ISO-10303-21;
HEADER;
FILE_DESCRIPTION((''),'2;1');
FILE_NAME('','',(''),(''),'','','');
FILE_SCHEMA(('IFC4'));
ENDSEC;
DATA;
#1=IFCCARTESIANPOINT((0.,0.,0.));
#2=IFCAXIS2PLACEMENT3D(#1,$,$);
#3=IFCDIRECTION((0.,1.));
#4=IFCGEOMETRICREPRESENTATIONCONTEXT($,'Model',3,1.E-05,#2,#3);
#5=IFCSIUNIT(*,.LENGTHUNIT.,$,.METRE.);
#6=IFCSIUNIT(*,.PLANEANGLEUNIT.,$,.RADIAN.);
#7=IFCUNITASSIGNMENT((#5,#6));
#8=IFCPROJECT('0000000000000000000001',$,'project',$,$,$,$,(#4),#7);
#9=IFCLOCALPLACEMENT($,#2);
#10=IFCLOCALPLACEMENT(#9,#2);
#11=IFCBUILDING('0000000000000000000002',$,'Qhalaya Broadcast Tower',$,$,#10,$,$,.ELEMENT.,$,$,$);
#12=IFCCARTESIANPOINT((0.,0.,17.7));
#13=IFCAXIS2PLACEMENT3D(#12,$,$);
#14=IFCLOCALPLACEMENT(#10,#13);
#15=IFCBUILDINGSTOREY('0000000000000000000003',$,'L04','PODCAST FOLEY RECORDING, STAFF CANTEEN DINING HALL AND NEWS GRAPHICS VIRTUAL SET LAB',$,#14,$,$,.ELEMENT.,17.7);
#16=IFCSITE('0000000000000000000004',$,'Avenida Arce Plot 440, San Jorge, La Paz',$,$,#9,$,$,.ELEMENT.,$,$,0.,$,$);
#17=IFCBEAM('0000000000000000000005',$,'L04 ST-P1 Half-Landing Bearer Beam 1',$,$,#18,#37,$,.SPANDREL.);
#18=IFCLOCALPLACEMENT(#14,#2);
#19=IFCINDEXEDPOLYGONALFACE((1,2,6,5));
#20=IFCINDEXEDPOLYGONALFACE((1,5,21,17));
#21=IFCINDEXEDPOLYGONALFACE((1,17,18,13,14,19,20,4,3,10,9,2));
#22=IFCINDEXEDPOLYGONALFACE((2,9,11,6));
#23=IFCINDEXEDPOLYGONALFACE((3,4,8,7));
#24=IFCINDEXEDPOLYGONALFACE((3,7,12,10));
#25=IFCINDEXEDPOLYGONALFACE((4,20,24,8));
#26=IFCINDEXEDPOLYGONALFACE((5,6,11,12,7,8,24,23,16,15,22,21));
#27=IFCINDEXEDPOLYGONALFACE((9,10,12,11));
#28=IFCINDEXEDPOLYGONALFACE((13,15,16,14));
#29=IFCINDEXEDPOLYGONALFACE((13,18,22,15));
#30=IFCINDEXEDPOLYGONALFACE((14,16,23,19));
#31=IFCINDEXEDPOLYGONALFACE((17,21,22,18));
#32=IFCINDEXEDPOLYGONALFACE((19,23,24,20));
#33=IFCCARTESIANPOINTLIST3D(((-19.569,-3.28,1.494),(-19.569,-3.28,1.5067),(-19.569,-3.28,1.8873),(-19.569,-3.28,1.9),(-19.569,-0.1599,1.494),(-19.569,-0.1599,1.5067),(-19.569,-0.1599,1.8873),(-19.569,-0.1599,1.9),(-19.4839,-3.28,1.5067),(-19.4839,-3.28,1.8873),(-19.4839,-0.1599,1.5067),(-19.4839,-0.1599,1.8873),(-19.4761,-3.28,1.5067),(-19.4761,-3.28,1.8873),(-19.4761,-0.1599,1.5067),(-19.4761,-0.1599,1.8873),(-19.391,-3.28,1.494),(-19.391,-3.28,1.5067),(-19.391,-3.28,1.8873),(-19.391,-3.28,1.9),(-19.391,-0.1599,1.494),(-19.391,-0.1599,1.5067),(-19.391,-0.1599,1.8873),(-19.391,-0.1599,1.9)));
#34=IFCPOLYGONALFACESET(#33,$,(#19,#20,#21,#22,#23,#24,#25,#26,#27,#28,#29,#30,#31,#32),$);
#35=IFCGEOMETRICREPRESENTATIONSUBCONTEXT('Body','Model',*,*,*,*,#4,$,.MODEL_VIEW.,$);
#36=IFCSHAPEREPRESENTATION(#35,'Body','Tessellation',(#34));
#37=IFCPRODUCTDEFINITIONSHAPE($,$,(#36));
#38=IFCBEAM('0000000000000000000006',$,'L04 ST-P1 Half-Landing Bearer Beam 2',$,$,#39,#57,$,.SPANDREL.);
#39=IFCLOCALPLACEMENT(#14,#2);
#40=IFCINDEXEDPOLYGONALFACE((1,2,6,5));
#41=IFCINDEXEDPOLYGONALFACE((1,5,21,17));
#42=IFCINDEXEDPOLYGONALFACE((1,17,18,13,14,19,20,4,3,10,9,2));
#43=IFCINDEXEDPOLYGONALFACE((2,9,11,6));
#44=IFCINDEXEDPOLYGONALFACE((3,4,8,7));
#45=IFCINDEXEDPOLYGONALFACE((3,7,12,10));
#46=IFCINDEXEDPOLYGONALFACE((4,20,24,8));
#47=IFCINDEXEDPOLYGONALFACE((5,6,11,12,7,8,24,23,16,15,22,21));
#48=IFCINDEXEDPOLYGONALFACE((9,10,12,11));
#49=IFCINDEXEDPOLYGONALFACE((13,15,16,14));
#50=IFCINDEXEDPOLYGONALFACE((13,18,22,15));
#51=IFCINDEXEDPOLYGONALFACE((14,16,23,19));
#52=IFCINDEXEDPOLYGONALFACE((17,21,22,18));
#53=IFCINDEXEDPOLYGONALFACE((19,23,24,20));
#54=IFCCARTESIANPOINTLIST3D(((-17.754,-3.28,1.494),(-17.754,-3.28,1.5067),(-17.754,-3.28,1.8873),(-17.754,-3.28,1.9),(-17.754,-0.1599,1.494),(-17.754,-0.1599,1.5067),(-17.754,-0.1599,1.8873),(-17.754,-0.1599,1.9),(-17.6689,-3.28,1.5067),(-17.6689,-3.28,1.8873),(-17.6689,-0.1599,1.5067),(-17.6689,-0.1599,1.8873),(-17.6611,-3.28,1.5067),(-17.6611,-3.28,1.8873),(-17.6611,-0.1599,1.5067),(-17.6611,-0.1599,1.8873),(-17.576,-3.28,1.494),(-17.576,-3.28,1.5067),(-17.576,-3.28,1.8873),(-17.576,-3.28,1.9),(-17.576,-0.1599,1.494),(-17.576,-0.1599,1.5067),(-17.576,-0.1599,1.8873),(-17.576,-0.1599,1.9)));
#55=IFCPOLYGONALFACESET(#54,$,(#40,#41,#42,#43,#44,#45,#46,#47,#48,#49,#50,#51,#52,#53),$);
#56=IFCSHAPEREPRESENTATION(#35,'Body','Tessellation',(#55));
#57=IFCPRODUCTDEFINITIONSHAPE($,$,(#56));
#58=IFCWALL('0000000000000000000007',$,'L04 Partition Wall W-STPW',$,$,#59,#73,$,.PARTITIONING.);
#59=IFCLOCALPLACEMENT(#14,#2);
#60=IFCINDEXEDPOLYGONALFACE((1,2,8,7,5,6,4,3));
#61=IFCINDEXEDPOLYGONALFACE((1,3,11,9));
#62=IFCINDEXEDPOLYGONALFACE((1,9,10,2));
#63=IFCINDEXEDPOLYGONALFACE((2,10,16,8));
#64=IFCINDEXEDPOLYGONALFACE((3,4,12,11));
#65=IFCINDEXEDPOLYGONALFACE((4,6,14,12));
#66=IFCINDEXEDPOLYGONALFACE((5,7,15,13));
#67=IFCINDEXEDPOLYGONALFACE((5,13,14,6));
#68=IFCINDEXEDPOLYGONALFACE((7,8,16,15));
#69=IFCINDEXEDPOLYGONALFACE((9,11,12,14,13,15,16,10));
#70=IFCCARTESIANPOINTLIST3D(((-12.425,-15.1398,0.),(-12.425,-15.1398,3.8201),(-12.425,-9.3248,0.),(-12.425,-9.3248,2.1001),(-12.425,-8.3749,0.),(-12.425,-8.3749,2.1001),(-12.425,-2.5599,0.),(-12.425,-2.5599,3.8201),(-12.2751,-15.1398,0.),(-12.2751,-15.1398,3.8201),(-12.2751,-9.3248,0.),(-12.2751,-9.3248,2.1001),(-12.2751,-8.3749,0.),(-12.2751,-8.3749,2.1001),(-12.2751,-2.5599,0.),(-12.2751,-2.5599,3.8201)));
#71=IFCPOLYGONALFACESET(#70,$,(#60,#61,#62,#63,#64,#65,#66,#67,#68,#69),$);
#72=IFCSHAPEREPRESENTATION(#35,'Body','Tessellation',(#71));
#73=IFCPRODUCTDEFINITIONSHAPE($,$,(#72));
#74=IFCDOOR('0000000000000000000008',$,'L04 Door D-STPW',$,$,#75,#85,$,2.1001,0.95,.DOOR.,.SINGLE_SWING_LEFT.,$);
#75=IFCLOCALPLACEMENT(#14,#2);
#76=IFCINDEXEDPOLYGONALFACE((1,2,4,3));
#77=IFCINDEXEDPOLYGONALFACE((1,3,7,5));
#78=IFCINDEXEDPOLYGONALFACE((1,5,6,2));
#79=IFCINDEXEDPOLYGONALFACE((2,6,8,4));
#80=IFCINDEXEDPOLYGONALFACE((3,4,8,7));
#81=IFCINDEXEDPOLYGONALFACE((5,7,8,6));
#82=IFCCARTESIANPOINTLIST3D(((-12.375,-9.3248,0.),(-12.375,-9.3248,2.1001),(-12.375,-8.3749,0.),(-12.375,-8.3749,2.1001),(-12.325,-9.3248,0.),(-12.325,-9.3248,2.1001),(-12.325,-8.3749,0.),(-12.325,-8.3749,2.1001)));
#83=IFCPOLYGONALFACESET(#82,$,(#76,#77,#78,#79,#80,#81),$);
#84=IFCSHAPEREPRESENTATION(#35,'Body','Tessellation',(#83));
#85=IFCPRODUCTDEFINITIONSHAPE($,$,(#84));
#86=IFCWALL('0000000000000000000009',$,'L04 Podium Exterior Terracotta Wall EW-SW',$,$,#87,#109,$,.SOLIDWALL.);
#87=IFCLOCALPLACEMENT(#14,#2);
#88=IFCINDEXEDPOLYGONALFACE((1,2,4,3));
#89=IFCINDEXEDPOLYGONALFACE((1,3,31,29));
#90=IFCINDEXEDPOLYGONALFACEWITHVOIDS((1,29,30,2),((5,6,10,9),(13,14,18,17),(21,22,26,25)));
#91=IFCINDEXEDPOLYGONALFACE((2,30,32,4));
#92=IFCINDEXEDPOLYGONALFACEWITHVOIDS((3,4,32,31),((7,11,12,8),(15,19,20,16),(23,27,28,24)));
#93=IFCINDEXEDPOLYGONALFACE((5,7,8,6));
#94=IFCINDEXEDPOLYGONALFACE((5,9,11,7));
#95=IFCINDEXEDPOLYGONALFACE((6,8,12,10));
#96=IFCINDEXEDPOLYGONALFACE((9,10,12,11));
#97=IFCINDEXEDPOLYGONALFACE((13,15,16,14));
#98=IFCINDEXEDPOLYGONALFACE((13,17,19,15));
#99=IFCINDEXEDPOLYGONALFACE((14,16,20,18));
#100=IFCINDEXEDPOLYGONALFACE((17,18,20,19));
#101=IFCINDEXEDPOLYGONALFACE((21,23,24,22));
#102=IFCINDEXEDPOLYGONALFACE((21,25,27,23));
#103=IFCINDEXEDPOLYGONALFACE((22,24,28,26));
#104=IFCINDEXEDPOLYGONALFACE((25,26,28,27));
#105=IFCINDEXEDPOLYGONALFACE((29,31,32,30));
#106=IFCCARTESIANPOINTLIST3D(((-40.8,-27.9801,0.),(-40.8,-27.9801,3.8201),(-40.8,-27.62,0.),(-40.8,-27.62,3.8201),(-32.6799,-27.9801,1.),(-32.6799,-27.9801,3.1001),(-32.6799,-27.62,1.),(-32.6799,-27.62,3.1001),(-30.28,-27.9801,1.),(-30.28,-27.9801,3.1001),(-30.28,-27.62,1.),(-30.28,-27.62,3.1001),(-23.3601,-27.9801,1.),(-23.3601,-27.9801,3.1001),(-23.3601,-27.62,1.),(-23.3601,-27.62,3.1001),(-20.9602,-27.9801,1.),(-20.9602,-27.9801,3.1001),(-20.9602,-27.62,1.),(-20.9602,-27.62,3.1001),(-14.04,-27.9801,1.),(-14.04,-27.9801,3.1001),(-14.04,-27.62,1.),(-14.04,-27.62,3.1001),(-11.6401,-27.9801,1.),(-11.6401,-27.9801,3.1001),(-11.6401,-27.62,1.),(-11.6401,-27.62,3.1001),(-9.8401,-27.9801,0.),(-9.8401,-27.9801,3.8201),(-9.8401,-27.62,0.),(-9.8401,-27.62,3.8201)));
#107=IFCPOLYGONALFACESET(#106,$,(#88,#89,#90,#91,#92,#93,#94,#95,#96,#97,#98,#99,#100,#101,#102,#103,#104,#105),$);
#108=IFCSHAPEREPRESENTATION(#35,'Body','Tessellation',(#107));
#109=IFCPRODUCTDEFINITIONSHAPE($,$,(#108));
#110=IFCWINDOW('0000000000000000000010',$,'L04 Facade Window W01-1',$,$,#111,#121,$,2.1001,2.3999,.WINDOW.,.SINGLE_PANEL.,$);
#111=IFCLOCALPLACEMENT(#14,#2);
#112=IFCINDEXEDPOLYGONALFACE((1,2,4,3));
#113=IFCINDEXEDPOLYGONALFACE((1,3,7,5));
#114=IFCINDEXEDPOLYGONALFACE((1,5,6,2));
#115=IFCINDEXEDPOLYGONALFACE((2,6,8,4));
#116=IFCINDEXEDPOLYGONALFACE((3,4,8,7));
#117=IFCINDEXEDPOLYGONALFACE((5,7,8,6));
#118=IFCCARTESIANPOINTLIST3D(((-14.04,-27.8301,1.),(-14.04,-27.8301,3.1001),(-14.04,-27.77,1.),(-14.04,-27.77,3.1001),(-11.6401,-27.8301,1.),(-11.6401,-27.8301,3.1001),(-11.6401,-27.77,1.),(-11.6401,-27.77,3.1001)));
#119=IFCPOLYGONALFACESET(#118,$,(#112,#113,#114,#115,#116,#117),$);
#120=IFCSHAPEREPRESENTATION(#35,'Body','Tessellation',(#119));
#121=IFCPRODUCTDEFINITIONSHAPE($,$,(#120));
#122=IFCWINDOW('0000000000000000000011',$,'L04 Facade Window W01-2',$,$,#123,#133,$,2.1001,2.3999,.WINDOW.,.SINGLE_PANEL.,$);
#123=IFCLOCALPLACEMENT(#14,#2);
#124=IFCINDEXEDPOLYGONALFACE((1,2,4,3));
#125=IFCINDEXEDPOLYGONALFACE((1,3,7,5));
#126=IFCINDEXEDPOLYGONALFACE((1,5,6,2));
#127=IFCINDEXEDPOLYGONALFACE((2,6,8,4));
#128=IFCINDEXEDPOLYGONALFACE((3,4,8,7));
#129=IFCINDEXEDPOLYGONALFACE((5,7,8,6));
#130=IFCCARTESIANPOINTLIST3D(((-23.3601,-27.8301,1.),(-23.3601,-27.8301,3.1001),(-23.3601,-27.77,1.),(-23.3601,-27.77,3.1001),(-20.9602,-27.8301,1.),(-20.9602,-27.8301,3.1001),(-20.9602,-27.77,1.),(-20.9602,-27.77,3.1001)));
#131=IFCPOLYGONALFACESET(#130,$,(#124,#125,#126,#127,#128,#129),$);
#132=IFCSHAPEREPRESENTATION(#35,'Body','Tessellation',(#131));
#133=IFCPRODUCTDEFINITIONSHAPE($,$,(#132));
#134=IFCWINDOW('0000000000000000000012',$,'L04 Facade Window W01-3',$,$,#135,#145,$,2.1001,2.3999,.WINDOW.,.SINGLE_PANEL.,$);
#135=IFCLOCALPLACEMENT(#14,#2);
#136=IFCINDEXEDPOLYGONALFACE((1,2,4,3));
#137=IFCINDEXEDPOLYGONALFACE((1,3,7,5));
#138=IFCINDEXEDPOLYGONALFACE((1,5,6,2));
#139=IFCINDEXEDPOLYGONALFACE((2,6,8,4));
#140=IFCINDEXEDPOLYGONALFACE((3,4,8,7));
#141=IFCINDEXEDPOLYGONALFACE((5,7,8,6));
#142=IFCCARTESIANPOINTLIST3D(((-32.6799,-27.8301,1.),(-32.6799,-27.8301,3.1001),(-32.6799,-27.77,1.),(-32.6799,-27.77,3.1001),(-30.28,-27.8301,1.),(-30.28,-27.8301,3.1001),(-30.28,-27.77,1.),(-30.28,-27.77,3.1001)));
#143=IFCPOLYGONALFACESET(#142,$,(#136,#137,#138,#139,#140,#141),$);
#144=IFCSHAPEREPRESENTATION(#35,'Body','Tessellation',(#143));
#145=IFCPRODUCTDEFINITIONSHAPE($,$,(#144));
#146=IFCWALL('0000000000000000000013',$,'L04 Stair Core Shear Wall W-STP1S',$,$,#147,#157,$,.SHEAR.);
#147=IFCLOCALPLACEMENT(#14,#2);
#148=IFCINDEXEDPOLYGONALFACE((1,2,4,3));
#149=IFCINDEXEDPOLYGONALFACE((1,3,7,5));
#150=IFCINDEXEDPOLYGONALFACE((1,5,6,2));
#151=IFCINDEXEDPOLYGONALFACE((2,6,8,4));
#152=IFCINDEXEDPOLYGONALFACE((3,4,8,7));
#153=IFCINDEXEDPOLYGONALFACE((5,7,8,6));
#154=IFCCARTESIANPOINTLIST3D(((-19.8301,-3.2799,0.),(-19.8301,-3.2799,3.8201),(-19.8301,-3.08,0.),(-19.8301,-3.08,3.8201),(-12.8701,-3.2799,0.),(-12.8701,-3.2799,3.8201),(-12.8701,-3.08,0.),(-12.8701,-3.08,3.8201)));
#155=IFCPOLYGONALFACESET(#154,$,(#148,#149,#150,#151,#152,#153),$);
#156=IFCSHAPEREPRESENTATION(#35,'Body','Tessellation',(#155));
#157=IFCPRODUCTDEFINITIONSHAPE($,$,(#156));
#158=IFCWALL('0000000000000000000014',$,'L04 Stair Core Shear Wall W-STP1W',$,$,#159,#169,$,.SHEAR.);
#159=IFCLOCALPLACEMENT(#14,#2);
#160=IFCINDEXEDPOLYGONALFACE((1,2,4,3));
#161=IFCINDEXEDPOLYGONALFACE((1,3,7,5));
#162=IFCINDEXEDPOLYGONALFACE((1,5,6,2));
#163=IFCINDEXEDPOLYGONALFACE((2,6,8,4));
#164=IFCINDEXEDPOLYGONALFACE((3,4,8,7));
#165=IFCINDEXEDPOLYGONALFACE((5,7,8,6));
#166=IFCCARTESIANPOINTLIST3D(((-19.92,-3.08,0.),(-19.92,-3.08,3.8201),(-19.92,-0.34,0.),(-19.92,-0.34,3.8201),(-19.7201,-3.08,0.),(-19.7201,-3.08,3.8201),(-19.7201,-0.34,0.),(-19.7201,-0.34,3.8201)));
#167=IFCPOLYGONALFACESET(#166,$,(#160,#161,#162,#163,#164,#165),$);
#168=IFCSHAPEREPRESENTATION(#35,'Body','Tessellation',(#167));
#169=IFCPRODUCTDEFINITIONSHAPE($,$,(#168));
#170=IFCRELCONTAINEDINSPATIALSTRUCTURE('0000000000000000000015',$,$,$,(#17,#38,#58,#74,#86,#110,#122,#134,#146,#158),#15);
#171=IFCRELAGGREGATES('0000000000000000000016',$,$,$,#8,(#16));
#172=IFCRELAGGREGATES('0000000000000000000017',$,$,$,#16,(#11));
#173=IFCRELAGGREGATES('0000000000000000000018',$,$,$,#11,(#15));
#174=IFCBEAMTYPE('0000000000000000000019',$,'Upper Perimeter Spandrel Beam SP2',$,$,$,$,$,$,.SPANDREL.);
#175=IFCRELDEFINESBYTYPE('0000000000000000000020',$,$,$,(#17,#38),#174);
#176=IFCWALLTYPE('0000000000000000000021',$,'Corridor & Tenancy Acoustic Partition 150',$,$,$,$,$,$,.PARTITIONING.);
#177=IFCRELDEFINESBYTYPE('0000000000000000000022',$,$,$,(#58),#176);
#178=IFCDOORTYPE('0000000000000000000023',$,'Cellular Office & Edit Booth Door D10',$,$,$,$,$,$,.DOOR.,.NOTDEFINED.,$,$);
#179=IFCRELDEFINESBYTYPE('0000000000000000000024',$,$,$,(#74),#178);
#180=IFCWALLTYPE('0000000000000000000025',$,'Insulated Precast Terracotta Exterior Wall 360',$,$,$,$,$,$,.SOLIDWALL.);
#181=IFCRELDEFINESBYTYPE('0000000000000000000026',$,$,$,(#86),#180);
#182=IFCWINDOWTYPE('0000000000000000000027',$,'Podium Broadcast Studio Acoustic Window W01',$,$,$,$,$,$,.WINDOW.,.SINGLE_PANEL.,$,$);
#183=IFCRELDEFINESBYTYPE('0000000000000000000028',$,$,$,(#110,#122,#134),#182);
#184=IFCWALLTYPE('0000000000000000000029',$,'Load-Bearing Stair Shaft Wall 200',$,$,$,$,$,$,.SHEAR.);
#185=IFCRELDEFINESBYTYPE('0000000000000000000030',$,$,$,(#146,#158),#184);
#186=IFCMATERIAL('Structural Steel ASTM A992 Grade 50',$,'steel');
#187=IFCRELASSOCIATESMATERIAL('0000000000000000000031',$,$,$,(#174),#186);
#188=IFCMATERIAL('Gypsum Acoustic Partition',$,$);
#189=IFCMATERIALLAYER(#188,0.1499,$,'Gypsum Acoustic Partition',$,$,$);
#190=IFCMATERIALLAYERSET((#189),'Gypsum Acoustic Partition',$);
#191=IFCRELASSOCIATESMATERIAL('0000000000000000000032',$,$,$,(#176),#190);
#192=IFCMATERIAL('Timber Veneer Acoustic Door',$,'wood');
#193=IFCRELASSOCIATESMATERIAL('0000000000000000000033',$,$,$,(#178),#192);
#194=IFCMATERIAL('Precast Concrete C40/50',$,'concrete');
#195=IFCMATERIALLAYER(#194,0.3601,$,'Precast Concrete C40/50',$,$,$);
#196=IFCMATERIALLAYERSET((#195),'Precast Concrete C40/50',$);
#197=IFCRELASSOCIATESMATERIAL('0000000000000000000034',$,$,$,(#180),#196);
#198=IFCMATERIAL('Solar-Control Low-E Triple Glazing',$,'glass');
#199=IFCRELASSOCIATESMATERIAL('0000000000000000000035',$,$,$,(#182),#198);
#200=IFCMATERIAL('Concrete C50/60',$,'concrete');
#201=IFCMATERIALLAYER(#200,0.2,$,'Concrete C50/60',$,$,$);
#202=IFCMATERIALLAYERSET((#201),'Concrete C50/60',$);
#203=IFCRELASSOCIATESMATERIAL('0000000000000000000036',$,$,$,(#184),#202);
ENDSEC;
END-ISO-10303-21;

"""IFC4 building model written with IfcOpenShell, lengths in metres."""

from ifc_helpers import new_model, si_unit, direction, frame, frame_2d, origin, origin_2d, place, context, subcontext, project, spatial, rectangle, i_section, extrude, material, layer, layer_set, material_profile, profile_set, type_object, element, fill, save


model = new_model("IFC4")

# Units and contexts
model_context = context("Model", 3, precision=1e-05, world=origin(), true_north=direction((0.0, 1.0)))
body_context = subcontext(model_context, "Body", "Model", "MODEL_VIEW")
ifc_project = project(units=[si_unit("LENGTHUNIT", "METRE"), si_unit("PLANEANGLEUNIT", "RADIAN")], contexts=[model_context])

# Site, building, storey
site_placement = place(None, origin())
site = spatial("IfcSite", under=ifc_project, at=site_placement, Name="Avenida Arce Plot 440, San Jorge, La Paz", CompositionType="ELEMENT", RefElevation=0.0)
building_placement = place(site_placement, origin())
building = spatial("IfcBuilding", under=site, at=building_placement, Name="Qhalaya Broadcast Tower", CompositionType="ELEMENT")
storey_placement = place(building_placement, frame((0.0, 0.0, 17.7)))
storey = spatial("IfcBuildingStorey", under=building, at=storey_placement, Name="L04", Description="PODCAST FOLEY RECORDING, STAFF CANTEEN DINING HALL AND NEWS GRAPHICS VIRTUAL SET LAB", CompositionType="ELEMENT", Elevation=17.7)

# Beams
ifc_material_1 = material(Name="Structural Steel ASTM A992 Grade 50", Category="steel")
ifc_material_profile_1 = material_profile(ifc_material_1, i_section(OverallWidth=0.178, OverallDepth=0.406, WebThickness=0.0078, FlangeThickness=0.0127, at=origin_2d()), Name="W16X40")
ifc_profile_set_1 = profile_set([ifc_material_profile_1], Name="Structural Steel ASTM A992 Grade 50")
beam_type_1 = type_object("IfcBeamType", Name="Upper Perimeter Spandrel Beam SP2", PredefinedType="SPANDREL", material=ifc_profile_set_1)
for number, where, z_axis, x_axis, name in (
    (1, (-19.48, -3.28, 1.697), (0.0, 1.0, 0.0), (-1.0, 0.0, 0.0), "L04 ST-P1 Half-Landing Bearer Beam 1"),
    (2, (-17.665, -3.28, 1.697), (0.0, 1.0, 0.0), (-1.0, 0.0, 0.0), "L04 ST-P1 Half-Landing Bearer Beam 2"),
):
    element("IfcBeam", number, at=place(storey_placement, frame(where, z_axis=z_axis, x_axis=x_axis)), inside=storey, type_object=beam_type_1, Name=name, PredefinedType="SPANDREL", context=body_context, shape_type="SweptSolid", body=[
        extrude(i_section(OverallWidth=0.178, OverallDepth=0.406, WebThickness=0.0078, FlangeThickness=0.0127, at=origin_2d()), origin(), (0.0, 0.0, 1.0), 3.1201),
    ])

# Wall, opening, door
ifc_material_2 = material(Name="Gypsum Acoustic Partition")
ifc_layer_1 = layer(ifc_material_2, 0.1499, Name="Gypsum Acoustic Partition")
ifc_layer_set_1 = layer_set([ifc_layer_1], Name="Gypsum Acoustic Partition")
wall_type_1 = type_object("IfcWallType", Name="Corridor & Tenancy Acoustic Partition 150", PredefinedType="PARTITIONING", material=ifc_layer_set_1)
wall_1_placement = place(storey_placement, frame((-12.3501, -15.1399, 0.0), z_axis=(0.0, 0.0, 1.0), x_axis=(0.0, 1.0, 0.0)))
wall_1 = element("IfcWall", 3, at=wall_1_placement, inside=storey, type_object=wall_type_1, Name="L04 Partition Wall W-STPW", PredefinedType="PARTITIONING", context=body_context, shape_type="SweptSolid", body=[
    extrude(rectangle(XDim=12.5798, YDim=0.1499, at=frame_2d((6.29, 0.0))), origin(), (0.0, 0.0, 1.0), 3.8201),
])
opening_1_placement = place(wall_1_placement, frame((5.8149, 0.0, 0.0)))
opening_1 = element("IfcOpeningElement", 4, at=opening_1_placement, cuts=wall_1, PredefinedType="OPENING", context=body_context, shape_type="SweptSolid", body=[
    extrude(rectangle(XDim=0.95, YDim=2.1001, at=frame_2d((0.4751, 1.05))), frame((0.0, 0.0869, 0.0), z_axis=(0.0, -1.0, 0.0), x_axis=(1.0, 0.0, 0.0)), (0.0, 0.0, 1.0), 0.1738),
])
ifc_material_3 = material(Name="Timber Veneer Acoustic Door", Category="wood")
door_type = type_object("IfcDoorType", Name="Cellular Office & Edit Booth Door D10", OperationType="NOTDEFINED", PredefinedType="DOOR", material=ifc_material_3)
door_placement = place(opening_1_placement, origin())
door = element("IfcDoor", 5, at=door_placement, inside=storey, type_object=door_type, Name="L04 Door D-STPW", OperationType="SINGLE_SWING_LEFT", OverallHeight=2.1001, OverallWidth=0.95, PredefinedType="DOOR", context=body_context, shape_type="SweptSolid", body=[
    extrude(rectangle(XDim=0.95, YDim=2.1001, at=frame_2d((0.4751, 1.05))), frame((0.0, 0.0249, 0.0), z_axis=(0.0, -1.0, 0.0), x_axis=(1.0, 0.0, 0.0)), (0.0, 0.0, 1.0), 0.05),
])
fill(opening_1, door)

# Wall, openings, windows
ifc_material_4 = material(Name="Precast Concrete C40/50", Category="concrete")
ifc_layer_2 = layer(ifc_material_4, 0.3601, Name="Precast Concrete C40/50")
ifc_layer_set_2 = layer_set([ifc_layer_2], Name="Precast Concrete C40/50")
wall_type_2 = type_object("IfcWallType", Name="Insulated Precast Terracotta Exterior Wall 360", PredefinedType="SOLIDWALL", material=ifc_layer_set_2)
wall_2_placement = place(storey_placement, frame((-9.8401, -27.8, 0.0), z_axis=(0.0, 0.0, 1.0), x_axis=(-1.0, 0.0, 0.0)))
wall_2 = element("IfcWall", 6, at=wall_2_placement, inside=storey, type_object=wall_type_2, Name="L04 Podium Exterior Terracotta Wall EW-SW", PredefinedType="SOLIDWALL", context=body_context, shape_type="SweptSolid", body=[
    extrude(rectangle(XDim=30.96, YDim=0.3601, at=frame_2d((15.48, 0.0))), origin(), (0.0, 0.0, 1.0), 3.8201),
])
opening_2_placement = place(wall_2_placement, frame((1.8, 0.0, 1.0)))
opening_2 = element("IfcOpeningElement", 7, at=opening_2_placement, cuts=wall_2, PredefinedType="OPENING", context=body_context, shape_type="SweptSolid", body=[
    extrude(rectangle(XDim=2.3999, YDim=2.1001, at=frame_2d((1.2, 1.05))), frame((0.0, 0.1921, 0.0), z_axis=(0.0, -1.0, 0.0), x_axis=(1.0, 0.0, 0.0)), (0.0, 0.0, 1.0), 0.384),
])
opening_3_placement = place(wall_2_placement, frame((11.1201, 0.0, 1.0)))
opening_3 = element("IfcOpeningElement", 8, at=opening_3_placement, cuts=wall_2, PredefinedType="OPENING", context=body_context, shape_type="SweptSolid", body=[
    extrude(rectangle(XDim=2.3999, YDim=2.1001, at=frame_2d((1.2, 1.05))), frame((0.0, 0.1921, 0.0), z_axis=(0.0, -1.0, 0.0), x_axis=(1.0, 0.0, 0.0)), (0.0, 0.0, 1.0), 0.384),
])
opening_4_placement = place(wall_2_placement, frame((20.4399, 0.0, 1.0)))
opening_4 = element("IfcOpeningElement", 9, at=opening_4_placement, cuts=wall_2, PredefinedType="OPENING", context=body_context, shape_type="SweptSolid", body=[
    extrude(rectangle(XDim=2.3999, YDim=2.1001, at=frame_2d((1.2, 1.05))), frame((0.0, 0.1921, 0.0), z_axis=(0.0, -1.0, 0.0), x_axis=(1.0, 0.0, 0.0)), (0.0, 0.0, 1.0), 0.384),
])
ifc_material_5 = material(Name="Solar-Control Low-E Triple Glazing", Category="glass")
window_type = type_object("IfcWindowType", Name="Podium Broadcast Studio Acoustic Window W01", PartitioningType="SINGLE_PANEL", PredefinedType="WINDOW", material=ifc_material_5)
window_1_placement = place(opening_2_placement, origin())
window_1 = element("IfcWindow", 10, at=window_1_placement, inside=storey, type_object=window_type, Name="L04 Facade Window W01-1", OverallHeight=2.1001, OverallWidth=2.3999, PartitioningType="SINGLE_PANEL", PredefinedType="WINDOW", context=body_context, shape_type="SweptSolid", body=[
    extrude(rectangle(XDim=2.3999, YDim=2.1001, at=frame_2d((1.2, 1.05))), frame((0.0, 0.03, 0.0), z_axis=(0.0, -1.0, 0.0), x_axis=(1.0, 0.0, 0.0)), (0.0, 0.0, 1.0), 0.0601),
])
fill(opening_2, window_1)
window_2_placement = place(opening_3_placement, origin())
window_2 = element("IfcWindow", 11, at=window_2_placement, inside=storey, type_object=window_type, Name="L04 Facade Window W01-2", OverallHeight=2.1001, OverallWidth=2.3999, PartitioningType="SINGLE_PANEL", PredefinedType="WINDOW", context=body_context, shape_type="SweptSolid", body=[
    extrude(rectangle(XDim=2.3999, YDim=2.1001, at=frame_2d((1.2, 1.05))), frame((0.0, 0.03, 0.0), z_axis=(0.0, -1.0, 0.0), x_axis=(1.0, 0.0, 0.0)), (0.0, 0.0, 1.0), 0.0601),
])
fill(opening_3, window_2)
window_3_placement = place(opening_4_placement, origin())
window_3 = element("IfcWindow", 12, at=window_3_placement, inside=storey, type_object=window_type, Name="L04 Facade Window W01-3", OverallHeight=2.1001, OverallWidth=2.3999, PartitioningType="SINGLE_PANEL", PredefinedType="WINDOW", context=body_context, shape_type="SweptSolid", body=[
    extrude(rectangle(XDim=2.3999, YDim=2.1001, at=frame_2d((1.2, 1.05))), frame((0.0, 0.03, 0.0), z_axis=(0.0, -1.0, 0.0), x_axis=(1.0, 0.0, 0.0)), (0.0, 0.0, 1.0), 0.0601),
])
fill(opening_4, window_3)

# Walls
ifc_material_6 = material(Name="Concrete C50/60", Category="concrete")
ifc_layer_3 = layer(ifc_material_6, 0.2, Name="Concrete C50/60")
ifc_layer_set_3 = layer_set([ifc_layer_3], Name="Concrete C50/60")
wall_type_3 = type_object("IfcWallType", Name="Load-Bearing Stair Shaft Wall 200", PredefinedType="SHEAR", material=ifc_layer_set_3)
wall_3_placement = place(storey_placement, frame((-19.8301, -3.1799, 0.0), z_axis=(0.0, 0.0, 1.0), x_axis=(1.0, 0.0, 0.0)))
element("IfcWall", 13, at=wall_3_placement, inside=storey, type_object=wall_type_3, Name="L04 Stair Core Shear Wall W-STP1S", PredefinedType="SHEAR", context=body_context, shape_type="SweptSolid", body=[
    extrude(rectangle(XDim=6.96, YDim=0.2, at=frame_2d((3.48, 0.0))), origin(), (0.0, 0.0, 1.0), 3.8201),
])
wall_4_placement = place(storey_placement, frame((-19.8201, -3.0801, 0.0), z_axis=(0.0, 0.0, 1.0), x_axis=(0.0, 1.0, 0.0)))
element("IfcWall", 14, at=wall_4_placement, inside=storey, type_object=wall_type_3, Name="L04 Stair Core Shear Wall W-STP1W", PredefinedType="SHEAR", context=body_context, shape_type="SweptSolid", body=[
    extrude(rectangle(XDim=2.74, YDim=0.2, at=frame_2d((1.3701, 0.0))), origin(), (0.0, 0.0, 1.0), 3.8201),
])

save(model, "model.ifc")
